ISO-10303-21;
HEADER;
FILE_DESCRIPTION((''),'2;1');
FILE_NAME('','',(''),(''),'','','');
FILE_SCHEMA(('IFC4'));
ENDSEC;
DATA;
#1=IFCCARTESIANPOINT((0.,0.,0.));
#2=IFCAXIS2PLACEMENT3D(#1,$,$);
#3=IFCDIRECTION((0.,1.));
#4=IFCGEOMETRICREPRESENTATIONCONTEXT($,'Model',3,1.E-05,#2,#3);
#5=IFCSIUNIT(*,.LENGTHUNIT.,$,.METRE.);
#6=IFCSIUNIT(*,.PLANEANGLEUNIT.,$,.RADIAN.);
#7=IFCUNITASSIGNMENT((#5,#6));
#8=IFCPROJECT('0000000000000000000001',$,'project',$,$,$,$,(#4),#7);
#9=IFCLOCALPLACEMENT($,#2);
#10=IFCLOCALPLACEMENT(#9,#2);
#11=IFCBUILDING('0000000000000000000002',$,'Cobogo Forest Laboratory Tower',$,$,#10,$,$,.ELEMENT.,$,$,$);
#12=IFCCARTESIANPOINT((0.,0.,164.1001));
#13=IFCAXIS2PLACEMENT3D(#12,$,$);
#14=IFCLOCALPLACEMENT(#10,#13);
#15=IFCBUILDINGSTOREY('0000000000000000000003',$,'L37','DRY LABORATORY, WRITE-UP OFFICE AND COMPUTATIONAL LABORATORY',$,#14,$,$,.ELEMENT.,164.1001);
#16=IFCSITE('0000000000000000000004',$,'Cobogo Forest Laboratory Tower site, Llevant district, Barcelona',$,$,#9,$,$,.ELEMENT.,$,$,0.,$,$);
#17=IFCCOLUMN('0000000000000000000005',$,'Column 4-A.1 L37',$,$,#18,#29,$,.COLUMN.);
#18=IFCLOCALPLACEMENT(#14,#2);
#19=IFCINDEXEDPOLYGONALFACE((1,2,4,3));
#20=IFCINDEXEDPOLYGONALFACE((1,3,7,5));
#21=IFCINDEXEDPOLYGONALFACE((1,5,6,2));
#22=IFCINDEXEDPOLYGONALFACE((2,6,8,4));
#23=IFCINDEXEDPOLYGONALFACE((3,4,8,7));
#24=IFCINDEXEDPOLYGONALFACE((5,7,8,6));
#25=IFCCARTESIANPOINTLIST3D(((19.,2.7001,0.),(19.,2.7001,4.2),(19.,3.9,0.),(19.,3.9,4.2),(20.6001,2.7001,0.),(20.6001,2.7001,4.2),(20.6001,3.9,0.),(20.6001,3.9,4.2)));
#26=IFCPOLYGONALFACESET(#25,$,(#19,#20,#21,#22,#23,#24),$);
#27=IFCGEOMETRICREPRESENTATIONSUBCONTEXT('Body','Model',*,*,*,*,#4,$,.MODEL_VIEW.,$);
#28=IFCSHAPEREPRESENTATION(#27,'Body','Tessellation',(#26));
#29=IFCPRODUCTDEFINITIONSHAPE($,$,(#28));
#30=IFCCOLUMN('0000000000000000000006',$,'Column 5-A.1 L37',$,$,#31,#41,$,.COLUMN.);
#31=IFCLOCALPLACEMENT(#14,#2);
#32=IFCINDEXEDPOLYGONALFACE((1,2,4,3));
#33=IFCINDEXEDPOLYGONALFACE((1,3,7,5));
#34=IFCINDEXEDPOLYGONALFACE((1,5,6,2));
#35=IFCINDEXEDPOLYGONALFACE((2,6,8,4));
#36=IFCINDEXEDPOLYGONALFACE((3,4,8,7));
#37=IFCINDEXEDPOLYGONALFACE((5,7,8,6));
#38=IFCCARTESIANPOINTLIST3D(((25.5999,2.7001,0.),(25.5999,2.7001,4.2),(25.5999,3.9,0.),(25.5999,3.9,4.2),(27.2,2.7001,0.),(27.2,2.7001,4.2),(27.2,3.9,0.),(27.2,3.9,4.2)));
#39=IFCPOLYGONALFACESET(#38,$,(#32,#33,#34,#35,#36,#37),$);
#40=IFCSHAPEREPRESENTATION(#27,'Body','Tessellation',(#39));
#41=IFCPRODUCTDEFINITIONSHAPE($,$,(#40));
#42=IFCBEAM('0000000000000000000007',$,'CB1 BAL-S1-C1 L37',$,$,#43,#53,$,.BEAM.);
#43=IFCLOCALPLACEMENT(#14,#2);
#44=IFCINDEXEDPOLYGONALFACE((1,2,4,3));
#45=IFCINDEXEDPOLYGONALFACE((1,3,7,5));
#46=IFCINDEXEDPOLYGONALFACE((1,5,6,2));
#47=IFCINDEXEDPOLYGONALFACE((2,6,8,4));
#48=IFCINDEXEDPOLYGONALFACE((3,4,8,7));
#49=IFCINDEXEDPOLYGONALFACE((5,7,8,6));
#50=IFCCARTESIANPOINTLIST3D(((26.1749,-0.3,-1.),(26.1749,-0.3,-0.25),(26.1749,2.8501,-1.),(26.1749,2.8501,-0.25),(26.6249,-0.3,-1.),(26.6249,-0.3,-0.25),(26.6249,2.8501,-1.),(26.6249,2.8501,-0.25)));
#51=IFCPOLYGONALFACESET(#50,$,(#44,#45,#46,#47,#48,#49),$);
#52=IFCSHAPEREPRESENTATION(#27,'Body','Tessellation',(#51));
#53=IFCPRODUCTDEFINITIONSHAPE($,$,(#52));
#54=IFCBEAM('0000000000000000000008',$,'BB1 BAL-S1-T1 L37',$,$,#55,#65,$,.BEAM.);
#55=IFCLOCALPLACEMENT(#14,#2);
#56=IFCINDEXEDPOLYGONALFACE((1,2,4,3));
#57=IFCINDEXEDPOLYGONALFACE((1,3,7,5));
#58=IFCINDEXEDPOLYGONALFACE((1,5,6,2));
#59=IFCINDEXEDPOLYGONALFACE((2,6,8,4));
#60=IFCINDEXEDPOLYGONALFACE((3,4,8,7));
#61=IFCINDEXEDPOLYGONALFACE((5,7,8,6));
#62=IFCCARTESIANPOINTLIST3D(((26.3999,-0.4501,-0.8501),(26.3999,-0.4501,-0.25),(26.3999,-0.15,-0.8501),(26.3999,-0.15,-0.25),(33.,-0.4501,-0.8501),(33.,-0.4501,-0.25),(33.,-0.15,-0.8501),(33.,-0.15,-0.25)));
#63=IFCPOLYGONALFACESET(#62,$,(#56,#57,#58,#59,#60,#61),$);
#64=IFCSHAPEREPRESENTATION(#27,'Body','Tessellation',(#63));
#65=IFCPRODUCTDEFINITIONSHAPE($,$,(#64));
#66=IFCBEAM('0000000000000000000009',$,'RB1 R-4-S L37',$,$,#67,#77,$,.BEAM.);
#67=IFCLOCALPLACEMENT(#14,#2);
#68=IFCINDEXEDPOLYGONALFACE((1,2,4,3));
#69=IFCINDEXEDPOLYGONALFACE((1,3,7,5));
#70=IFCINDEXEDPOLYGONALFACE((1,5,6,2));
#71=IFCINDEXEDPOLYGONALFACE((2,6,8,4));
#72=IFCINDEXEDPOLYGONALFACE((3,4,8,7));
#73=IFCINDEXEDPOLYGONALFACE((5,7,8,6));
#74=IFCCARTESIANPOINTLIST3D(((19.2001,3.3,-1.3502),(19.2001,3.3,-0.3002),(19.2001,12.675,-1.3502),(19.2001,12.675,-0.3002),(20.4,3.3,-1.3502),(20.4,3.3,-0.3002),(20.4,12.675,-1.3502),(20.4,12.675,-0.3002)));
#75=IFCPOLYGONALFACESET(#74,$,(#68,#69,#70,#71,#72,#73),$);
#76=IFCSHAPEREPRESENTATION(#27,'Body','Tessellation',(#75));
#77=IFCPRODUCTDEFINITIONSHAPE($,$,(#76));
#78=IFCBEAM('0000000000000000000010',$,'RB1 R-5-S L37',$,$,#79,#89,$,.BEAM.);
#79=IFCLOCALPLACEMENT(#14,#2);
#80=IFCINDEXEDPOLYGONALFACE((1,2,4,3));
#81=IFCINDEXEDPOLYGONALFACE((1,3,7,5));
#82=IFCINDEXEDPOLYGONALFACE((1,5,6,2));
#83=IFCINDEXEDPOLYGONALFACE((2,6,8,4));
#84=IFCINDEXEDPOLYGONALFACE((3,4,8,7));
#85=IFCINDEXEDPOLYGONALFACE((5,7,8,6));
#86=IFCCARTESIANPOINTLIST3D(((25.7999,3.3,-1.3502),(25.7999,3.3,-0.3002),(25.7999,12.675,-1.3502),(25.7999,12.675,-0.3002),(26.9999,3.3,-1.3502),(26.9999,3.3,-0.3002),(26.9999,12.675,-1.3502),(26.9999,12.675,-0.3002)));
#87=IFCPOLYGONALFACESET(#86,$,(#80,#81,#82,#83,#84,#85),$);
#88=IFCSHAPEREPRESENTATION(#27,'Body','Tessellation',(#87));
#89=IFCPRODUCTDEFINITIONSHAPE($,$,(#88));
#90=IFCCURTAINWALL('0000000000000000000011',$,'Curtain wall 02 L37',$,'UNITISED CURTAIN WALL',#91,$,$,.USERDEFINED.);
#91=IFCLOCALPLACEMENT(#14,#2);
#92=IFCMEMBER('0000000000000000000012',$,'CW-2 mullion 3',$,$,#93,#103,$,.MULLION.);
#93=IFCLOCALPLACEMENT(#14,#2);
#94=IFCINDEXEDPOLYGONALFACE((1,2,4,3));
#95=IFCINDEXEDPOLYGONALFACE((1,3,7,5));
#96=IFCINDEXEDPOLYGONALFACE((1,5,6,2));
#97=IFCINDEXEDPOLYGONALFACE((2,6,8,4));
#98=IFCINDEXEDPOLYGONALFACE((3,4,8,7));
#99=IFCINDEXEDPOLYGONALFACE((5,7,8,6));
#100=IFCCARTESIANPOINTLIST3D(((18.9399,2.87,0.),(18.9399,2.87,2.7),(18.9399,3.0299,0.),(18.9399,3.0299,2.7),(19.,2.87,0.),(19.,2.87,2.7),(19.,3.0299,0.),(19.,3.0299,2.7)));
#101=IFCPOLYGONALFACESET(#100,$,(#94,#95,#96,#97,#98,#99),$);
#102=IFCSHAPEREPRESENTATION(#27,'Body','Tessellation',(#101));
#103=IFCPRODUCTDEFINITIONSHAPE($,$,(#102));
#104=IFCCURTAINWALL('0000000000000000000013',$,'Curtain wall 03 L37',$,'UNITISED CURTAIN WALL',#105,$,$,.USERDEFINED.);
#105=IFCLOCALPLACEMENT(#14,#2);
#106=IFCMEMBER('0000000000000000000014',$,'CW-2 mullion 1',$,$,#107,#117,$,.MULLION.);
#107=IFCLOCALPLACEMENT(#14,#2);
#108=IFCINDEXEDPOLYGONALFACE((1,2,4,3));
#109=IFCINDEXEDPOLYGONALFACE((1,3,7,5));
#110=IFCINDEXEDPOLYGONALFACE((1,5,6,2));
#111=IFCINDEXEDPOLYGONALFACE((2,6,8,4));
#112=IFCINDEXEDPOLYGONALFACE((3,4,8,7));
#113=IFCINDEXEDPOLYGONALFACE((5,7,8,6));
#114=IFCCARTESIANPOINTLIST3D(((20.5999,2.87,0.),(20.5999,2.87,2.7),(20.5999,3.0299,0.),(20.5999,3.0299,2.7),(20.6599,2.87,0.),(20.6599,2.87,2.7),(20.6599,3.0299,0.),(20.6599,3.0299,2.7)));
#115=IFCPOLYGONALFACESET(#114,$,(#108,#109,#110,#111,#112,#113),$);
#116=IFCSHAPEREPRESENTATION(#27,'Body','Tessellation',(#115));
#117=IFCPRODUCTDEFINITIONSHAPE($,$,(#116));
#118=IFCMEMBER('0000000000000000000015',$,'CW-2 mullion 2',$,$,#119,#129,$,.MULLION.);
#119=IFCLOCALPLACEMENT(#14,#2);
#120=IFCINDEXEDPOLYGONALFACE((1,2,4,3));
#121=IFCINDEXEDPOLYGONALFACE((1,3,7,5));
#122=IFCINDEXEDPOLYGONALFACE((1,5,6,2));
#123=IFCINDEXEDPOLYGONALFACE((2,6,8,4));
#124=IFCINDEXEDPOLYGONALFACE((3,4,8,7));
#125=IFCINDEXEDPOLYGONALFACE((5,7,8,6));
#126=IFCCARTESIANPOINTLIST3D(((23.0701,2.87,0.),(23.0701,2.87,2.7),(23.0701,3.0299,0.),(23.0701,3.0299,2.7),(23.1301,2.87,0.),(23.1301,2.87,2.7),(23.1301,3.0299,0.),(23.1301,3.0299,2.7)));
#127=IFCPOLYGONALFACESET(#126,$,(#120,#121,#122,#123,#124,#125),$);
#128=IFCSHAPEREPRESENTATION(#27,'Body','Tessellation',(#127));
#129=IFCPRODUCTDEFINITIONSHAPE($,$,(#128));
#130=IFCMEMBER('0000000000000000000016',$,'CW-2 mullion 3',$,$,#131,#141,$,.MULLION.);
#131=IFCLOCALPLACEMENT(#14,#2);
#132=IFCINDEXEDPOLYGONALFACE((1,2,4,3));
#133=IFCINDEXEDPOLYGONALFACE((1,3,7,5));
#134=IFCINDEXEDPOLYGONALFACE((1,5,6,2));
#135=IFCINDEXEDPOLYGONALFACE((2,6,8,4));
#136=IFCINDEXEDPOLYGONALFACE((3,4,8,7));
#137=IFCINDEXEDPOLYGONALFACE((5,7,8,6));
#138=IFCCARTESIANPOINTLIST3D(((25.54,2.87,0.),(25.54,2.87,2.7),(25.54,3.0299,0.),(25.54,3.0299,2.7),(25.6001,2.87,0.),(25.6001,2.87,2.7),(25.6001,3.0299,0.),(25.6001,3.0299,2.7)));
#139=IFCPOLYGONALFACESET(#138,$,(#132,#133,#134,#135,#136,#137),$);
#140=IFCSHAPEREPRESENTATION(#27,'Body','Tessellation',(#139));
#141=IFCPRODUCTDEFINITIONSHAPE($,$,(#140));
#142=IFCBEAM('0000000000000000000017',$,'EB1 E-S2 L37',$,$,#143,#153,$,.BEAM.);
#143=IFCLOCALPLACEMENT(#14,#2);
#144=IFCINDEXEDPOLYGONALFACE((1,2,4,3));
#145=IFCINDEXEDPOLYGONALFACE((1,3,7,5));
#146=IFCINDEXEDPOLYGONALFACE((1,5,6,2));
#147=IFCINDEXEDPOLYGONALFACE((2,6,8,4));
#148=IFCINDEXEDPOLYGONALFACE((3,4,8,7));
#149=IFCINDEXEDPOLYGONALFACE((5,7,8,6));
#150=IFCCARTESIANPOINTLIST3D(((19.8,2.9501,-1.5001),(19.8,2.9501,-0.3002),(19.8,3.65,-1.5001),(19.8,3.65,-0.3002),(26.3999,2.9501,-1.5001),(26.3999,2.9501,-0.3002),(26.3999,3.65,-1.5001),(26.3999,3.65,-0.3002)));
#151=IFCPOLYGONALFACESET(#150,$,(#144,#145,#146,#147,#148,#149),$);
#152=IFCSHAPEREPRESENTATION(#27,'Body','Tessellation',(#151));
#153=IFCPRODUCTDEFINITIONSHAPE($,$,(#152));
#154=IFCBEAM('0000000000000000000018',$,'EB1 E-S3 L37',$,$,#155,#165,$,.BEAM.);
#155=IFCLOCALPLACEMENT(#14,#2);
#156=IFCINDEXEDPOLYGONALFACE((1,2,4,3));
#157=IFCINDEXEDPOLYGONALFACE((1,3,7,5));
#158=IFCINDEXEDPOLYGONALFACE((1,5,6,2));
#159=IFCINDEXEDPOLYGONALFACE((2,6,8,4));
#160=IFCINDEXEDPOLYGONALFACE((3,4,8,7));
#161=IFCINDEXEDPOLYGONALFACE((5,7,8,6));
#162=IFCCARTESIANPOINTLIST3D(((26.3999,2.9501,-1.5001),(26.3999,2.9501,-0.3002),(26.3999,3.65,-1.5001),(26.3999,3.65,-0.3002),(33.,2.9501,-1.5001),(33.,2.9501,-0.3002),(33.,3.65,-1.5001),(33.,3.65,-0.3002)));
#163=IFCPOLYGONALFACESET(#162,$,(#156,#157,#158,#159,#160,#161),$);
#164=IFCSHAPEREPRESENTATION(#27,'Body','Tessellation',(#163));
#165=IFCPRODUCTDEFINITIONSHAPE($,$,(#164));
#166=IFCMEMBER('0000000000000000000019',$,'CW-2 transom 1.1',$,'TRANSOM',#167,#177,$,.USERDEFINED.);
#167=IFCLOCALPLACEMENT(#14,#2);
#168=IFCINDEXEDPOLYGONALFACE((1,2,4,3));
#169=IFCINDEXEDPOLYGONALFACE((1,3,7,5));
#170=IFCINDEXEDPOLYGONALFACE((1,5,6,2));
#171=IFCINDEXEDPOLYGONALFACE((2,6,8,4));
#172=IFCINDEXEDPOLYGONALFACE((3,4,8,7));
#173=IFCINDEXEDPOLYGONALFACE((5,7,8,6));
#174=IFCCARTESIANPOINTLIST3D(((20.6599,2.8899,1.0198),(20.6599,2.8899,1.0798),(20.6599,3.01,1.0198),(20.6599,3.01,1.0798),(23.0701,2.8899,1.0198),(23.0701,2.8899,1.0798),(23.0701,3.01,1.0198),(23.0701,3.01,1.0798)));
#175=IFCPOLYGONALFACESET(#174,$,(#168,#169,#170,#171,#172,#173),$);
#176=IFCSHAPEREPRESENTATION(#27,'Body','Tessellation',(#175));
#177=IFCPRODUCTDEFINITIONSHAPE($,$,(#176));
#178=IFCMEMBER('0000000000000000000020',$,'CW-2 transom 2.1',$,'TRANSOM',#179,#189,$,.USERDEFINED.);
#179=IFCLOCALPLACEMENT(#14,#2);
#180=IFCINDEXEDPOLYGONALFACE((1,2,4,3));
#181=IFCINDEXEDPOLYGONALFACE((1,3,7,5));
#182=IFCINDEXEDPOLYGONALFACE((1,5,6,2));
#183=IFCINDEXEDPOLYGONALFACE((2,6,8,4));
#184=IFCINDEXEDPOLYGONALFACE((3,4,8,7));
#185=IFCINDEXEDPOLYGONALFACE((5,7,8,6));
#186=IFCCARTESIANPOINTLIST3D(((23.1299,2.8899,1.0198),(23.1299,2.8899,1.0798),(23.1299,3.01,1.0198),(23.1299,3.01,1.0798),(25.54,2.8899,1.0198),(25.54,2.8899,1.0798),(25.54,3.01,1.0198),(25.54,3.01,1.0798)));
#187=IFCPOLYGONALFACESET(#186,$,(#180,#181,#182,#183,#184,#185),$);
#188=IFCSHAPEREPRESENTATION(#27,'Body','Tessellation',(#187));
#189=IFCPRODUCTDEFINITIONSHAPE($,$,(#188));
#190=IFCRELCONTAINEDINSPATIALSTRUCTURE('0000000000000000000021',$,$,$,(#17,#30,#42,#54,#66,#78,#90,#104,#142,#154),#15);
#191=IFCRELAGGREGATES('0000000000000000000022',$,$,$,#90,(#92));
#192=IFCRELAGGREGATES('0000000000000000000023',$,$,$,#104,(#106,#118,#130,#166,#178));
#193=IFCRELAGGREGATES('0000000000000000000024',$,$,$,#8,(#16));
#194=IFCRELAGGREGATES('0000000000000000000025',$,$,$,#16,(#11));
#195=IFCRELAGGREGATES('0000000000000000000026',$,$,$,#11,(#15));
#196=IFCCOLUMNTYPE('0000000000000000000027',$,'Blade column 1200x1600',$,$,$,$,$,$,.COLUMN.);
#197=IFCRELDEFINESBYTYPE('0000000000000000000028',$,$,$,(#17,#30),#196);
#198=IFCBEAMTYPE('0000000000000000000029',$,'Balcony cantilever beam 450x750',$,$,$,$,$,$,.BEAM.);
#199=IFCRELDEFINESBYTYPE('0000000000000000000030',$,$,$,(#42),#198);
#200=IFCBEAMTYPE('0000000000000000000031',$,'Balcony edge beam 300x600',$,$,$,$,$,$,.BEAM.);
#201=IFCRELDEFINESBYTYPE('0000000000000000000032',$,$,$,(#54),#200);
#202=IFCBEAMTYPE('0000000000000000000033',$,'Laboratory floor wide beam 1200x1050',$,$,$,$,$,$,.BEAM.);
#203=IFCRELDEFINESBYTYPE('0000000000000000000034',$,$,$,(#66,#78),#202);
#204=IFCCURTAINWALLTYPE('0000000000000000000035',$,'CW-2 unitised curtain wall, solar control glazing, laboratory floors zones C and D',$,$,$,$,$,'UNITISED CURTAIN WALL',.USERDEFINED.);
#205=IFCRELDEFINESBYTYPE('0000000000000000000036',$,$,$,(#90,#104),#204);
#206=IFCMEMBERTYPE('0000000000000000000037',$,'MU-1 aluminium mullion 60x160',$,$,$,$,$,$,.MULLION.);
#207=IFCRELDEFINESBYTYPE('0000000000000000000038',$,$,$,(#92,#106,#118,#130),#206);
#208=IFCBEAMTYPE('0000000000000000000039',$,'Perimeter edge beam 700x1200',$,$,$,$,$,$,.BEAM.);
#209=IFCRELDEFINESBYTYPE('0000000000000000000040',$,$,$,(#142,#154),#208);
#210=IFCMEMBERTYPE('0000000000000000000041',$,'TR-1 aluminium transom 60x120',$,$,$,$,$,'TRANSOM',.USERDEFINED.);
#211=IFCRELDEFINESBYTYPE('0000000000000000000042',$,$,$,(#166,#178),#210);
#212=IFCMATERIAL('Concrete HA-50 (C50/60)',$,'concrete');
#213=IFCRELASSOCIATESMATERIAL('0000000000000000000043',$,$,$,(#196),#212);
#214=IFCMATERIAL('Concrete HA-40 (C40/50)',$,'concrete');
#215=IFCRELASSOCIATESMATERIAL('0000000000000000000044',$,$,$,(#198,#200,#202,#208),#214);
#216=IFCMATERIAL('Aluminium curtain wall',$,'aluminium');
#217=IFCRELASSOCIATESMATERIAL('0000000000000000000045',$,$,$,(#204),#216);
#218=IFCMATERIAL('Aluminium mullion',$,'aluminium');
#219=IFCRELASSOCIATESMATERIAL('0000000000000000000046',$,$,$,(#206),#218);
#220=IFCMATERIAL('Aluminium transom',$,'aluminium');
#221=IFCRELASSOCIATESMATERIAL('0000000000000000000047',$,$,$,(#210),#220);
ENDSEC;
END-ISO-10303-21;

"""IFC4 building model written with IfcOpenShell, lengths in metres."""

from ifc_helpers import new_model, si_unit, direction, frame, origin, origin_2d, place, context, subcontext, project, spatial, rectangle, extrude, material, material_profile, profile_set, type_object, element, aggregate, save


model = new_model("IFC4")

# Units and contexts
model_context = context("Model", 3, precision=1e-05, world=origin(), true_north=direction((0.0, 1.0)))
body_context = subcontext(model_context, "Body", "Model", "MODEL_VIEW")
ifc_project = project(units=[si_unit("LENGTHUNIT", "METRE"), si_unit("PLANEANGLEUNIT", "RADIAN")], contexts=[model_context])

# Site, building, storey
site_placement = place(None, origin())
site = spatial("IfcSite", under=ifc_project, at=site_placement, Name="Cobogo Forest Laboratory Tower site, Llevant district, Barcelona", CompositionType="ELEMENT", RefElevation=0.0)
building_placement = place(site_placement, origin())
building = spatial("IfcBuilding", under=site, at=building_placement, Name="Cobogo Forest Laboratory Tower", CompositionType="ELEMENT")
storey_placement = place(building_placement, frame((0.0, 0.0, 164.1001)))
storey = spatial("IfcBuildingStorey", under=building, at=storey_placement, Name="L37", Description="DRY LABORATORY, WRITE-UP OFFICE AND COMPUTATIONAL LABORATORY", CompositionType="ELEMENT", Elevation=164.1001)

# Columns
ifc_material_1 = material(Name="Concrete HA-50 (C50/60)", Category="concrete")
ifc_material_profile_1 = material_profile(ifc_material_1, rectangle(XDim=1.6001, YDim=1.2, at=origin_2d()), Name="RC 1200x1600")
ifc_profile_set_1 = profile_set([ifc_material_profile_1], Name="Concrete HA-50 (C50/60)")
column_type = type_object("IfcColumnType", Name="Blade column 1200x1600", PredefinedType="COLUMN", material=ifc_profile_set_1)
for number, where, z_axis, x_axis, name in (
    (1, (19.8, 3.3, 0.0), (0.0, 0.0, 1.0), (1.0, 0.0, 0.0), "Column 4-A.1 L37"),
    (2, (26.3999, 3.3, 0.0), (0.0, 0.0, 1.0), (1.0, 0.0, 0.0), "Column 5-A.1 L37"),
):
    element("IfcColumn", number, at=place(storey_placement, frame(where, z_axis=z_axis, x_axis=x_axis)), inside=storey, type_object=column_type, Name=name, PredefinedType="COLUMN", context=body_context, shape_type="SweptSolid", body=[
        extrude(rectangle(XDim=1.6001, YDim=1.2, at=origin_2d()), origin(), (0.0, 0.0, 1.0), 4.2),
    ])

# Beams
ifc_material_2 = material(Name="Concrete HA-40 (C40/50)", Category="concrete")
ifc_material_profile_2 = material_profile(ifc_material_2, rectangle(XDim=0.45, YDim=0.75, at=origin_2d()), Name="RC 450x750")
ifc_profile_set_2 = profile_set([ifc_material_profile_2], Name="Concrete HA-40 (C40/50)")
beam_type_1 = type_object("IfcBeamType", Name="Balcony cantilever beam 450x750", PredefinedType="BEAM", material=ifc_profile_set_2)
beam_1_placement = place(storey_placement, frame((26.3999, 2.8501, -0.625), z_axis=(0.0, -1.0, 0.0), x_axis=(1.0, 0.0, 0.0)))
element("IfcBeam", 3, at=beam_1_placement, inside=storey, type_object=beam_type_1, Name="CB1 BAL-S1-C1 L37", PredefinedType="BEAM", context=body_context, shape_type="SweptSolid", body=[
    extrude(rectangle(XDim=0.45, YDim=0.75, at=origin_2d()), origin(), (0.0, 0.0, 1.0), 3.1501),
])
ifc_material_profile_3 = material_profile(ifc_material_2, rectangle(XDim=0.3, YDim=0.6001, at=origin_2d()), Name="RC 300x600")
ifc_profile_set_3 = profile_set([ifc_material_profile_3], Name="Concrete HA-40 (C40/50)")
beam_type_2 = type_object("IfcBeamType", Name="Balcony edge beam 300x600", PredefinedType="BEAM", material=ifc_profile_set_3)
beam_2_placement = place(storey_placement, frame((26.3999, -0.3, -0.55), z_axis=(1.0, 0.0, 0.0), x_axis=(0.0, 1.0, 0.0)))
element("IfcBeam", 4, at=beam_2_placement, inside=storey, type_object=beam_type_2, Name="BB1 BAL-S1-T1 L37", PredefinedType="BEAM", context=body_context, shape_type="SweptSolid", body=[
    extrude(rectangle(XDim=0.3, YDim=0.6001, at=origin_2d()), origin(), (0.0, 0.0, 1.0), 6.6001),
])
ifc_material_profile_4 = material_profile(ifc_material_2, rectangle(XDim=1.2, YDim=1.05, at=origin_2d()), Name="RC 1200x1050")
ifc_profile_set_4 = profile_set([ifc_material_profile_4], Name="Concrete HA-40 (C40/50)")
beam_type_3 = type_object("IfcBeamType", Name="Laboratory floor wide beam 1200x1050", PredefinedType="BEAM", material=ifc_profile_set_4)
for number, where, z_axis, x_axis, name in (
    (5, (19.8, 12.675, -0.8252), (0.0, -1.0, 0.0), (1.0, 0.0, 0.0), "RB1 R-4-S L37"),
    (6, (26.3999, 12.675, -0.8252), (0.0, -1.0, 0.0), (1.0, 0.0, 0.0), "RB1 R-5-S L37"),
):
    element("IfcBeam", number, at=place(storey_placement, frame(where, z_axis=z_axis, x_axis=x_axis)), inside=storey, type_object=beam_type_3, Name=name, PredefinedType="BEAM", context=body_context, shape_type="SweptSolid", body=[
        extrude(rectangle(XDim=1.2, YDim=1.05, at=origin_2d()), origin(), (0.0, 0.0, 1.0), 9.375),
    ])

# Curtain wall, member
ifc_material_3 = material(Name="Aluminium curtain wall", Category="aluminium")
curtain_wall_type = type_object("IfcCurtainWallType", Name="CW-2 unitised curtain wall, solar control glazing, laboratory floors zones C and D", ElementType="UNITISED CURTAIN WALL", PredefinedType="USERDEFINED", material=ifc_material_3)
curtain_wall_1_placement = place(storey_placement, origin())
curtain_wall_1 = element("IfcCurtainWall", 7, at=curtain_wall_1_placement, inside=storey, type_object=curtain_wall_type, Name="Curtain wall 02 L37", ObjectType="UNITISED CURTAIN WALL", PredefinedType="USERDEFINED")
ifc_material_4 = material(Name="Aluminium mullion", Category="aluminium")
ifc_material_profile_5 = material_profile(ifc_material_4, rectangle(XDim=0.0601, YDim=0.1599, at=origin_2d()), Name="AL 60x160")
ifc_profile_set_5 = profile_set([ifc_material_profile_5], Name="Aluminium mullion")
member_type_1 = type_object("IfcMemberType", Name="MU-1 aluminium mullion 60x160", PredefinedType="MULLION", material=ifc_profile_set_5)
member_1_placement = place(storey_placement, frame((18.97, 2.95, 0.0), z_axis=(0.0, 0.0, 1.0), x_axis=(1.0, 0.0, 0.0)))
member_1 = element("IfcMember", 8, at=member_1_placement, type_object=member_type_1, Name="CW-2 mullion 3", PredefinedType="MULLION", context=body_context, shape_type="SweptSolid", body=[
    extrude(rectangle(XDim=0.0601, YDim=0.1599, at=origin_2d()), origin(), (0.0, 0.0, 1.0), 2.7),
])
aggregate(curtain_wall_1, [member_1])

# Curtain wall, members
curtain_wall_2_placement = place(storey_placement, origin())
curtain_wall_2 = element("IfcCurtainWall", 9, at=curtain_wall_2_placement, inside=storey, type_object=curtain_wall_type, Name="Curtain wall 03 L37", ObjectType="UNITISED CURTAIN WALL", PredefinedType="USERDEFINED")
member_2_placement = place(storey_placement, frame((20.6299, 2.95, 0.0), z_axis=(0.0, 0.0, 1.0), x_axis=(1.0, 0.0, 0.0)))
member_2 = element("IfcMember", 10, at=member_2_placement, type_object=member_type_1, Name="CW-2 mullion 1", PredefinedType="MULLION", context=body_context, shape_type="SweptSolid", body=[
    extrude(rectangle(XDim=0.0601, YDim=0.1599, at=origin_2d()), origin(), (0.0, 0.0, 1.0), 2.7),
])
member_3_placement = place(storey_placement, frame((23.1001, 2.95, 0.0), z_axis=(0.0, 0.0, 1.0), x_axis=(1.0, 0.0, 0.0)))
member_3 = element("IfcMember", 11, at=member_3_placement, type_object=member_type_1, Name="CW-2 mullion 2", PredefinedType="MULLION", context=body_context, shape_type="SweptSolid", body=[
    extrude(rectangle(XDim=0.0601, YDim=0.1599, at=origin_2d()), origin(), (0.0, 0.0, 1.0), 2.7),
])
member_4_placement = place(storey_placement, frame((25.5701, 2.95, 0.0), z_axis=(0.0, 0.0, 1.0), x_axis=(1.0, 0.0, 0.0)))
member_4 = element("IfcMember", 12, at=member_4_placement, type_object=member_type_1, Name="CW-2 mullion 3", PredefinedType="MULLION", context=body_context, shape_type="SweptSolid", body=[
    extrude(rectangle(XDim=0.0601, YDim=0.1599, at=origin_2d()), origin(), (0.0, 0.0, 1.0), 2.7),
])

# Beams
ifc_material_profile_6 = material_profile(ifc_material_2, rectangle(XDim=0.7, YDim=1.2, at=origin_2d()), Name="RC 700x1200")
ifc_profile_set_6 = profile_set([ifc_material_profile_6], Name="Concrete HA-40 (C40/50)")
beam_type_4 = type_object("IfcBeamType", Name="Perimeter edge beam 700x1200", PredefinedType="BEAM", material=ifc_profile_set_6)
beam_3_placement = place(storey_placement, frame((19.8, 3.3, -0.9001), z_axis=(1.0, 0.0, 0.0), x_axis=(0.0, 1.0, 0.0)))
element("IfcBeam", 13, at=beam_3_placement, inside=storey, type_object=beam_type_4, Name="EB1 E-S2 L37", PredefinedType="BEAM", context=body_context, shape_type="SweptSolid", body=[
    extrude(rectangle(XDim=0.7, YDim=1.2, at=origin_2d()), origin(), (0.0, 0.0, 1.0), 6.5999),
])
beam_4_placement = place(storey_placement, frame((26.3999, 3.3, -0.9001), z_axis=(1.0, 0.0, 0.0), x_axis=(0.0, 1.0, 0.0)))
element("IfcBeam", 14, at=beam_4_placement, inside=storey, type_object=beam_type_4, Name="EB1 E-S3 L37", PredefinedType="BEAM", context=body_context, shape_type="SweptSolid", body=[
    extrude(rectangle(XDim=0.7, YDim=1.2, at=origin_2d()), origin(), (0.0, 0.0, 1.0), 6.6001),
])

# Members
ifc_material_5 = material(Name="Aluminium transom", Category="aluminium")
ifc_material_profile_7 = material_profile(ifc_material_5, rectangle(XDim=0.1201, YDim=0.0601, at=origin_2d()), Name="AL 60x120")
ifc_profile_set_7 = profile_set([ifc_material_profile_7], Name="Aluminium transom")
member_type_2 = type_object("IfcMemberType", Name="TR-1 aluminium transom 60x120", ElementType="TRANSOM", PredefinedType="USERDEFINED", material=ifc_profile_set_7)
member_5_placement = place(storey_placement, frame((20.6599, 2.95, 1.0498), z_axis=(1.0, 0.0, 0.0), x_axis=(0.0, 1.0, 0.0)))
member_5 = element("IfcMember", 15, at=member_5_placement, type_object=member_type_2, Name="CW-2 transom 1.1", ObjectType="TRANSOM", PredefinedType="USERDEFINED", context=body_context, shape_type="SweptSolid", body=[
    extrude(rectangle(XDim=0.1201, YDim=0.0601, at=origin_2d()), origin(), (0.0, 0.0, 1.0), 2.4102),
])
member_6_placement = place(storey_placement, frame((23.1299, 2.95, 1.0498), z_axis=(1.0, 0.0, 0.0), x_axis=(0.0, 1.0, 0.0)))
member_6 = element("IfcMember", 16, at=member_6_placement, type_object=member_type_2, Name="CW-2 transom 2.1", ObjectType="TRANSOM", PredefinedType="USERDEFINED", context=body_context, shape_type="SweptSolid", body=[
    extrude(rectangle(XDim=0.1201, YDim=0.0601, at=origin_2d()), origin(), (0.0, 0.0, 1.0), 2.4102),
])

aggregate(curtain_wall_2, [member_2, member_3, member_4, member_5, member_6])

save(model, "model.ifc")
